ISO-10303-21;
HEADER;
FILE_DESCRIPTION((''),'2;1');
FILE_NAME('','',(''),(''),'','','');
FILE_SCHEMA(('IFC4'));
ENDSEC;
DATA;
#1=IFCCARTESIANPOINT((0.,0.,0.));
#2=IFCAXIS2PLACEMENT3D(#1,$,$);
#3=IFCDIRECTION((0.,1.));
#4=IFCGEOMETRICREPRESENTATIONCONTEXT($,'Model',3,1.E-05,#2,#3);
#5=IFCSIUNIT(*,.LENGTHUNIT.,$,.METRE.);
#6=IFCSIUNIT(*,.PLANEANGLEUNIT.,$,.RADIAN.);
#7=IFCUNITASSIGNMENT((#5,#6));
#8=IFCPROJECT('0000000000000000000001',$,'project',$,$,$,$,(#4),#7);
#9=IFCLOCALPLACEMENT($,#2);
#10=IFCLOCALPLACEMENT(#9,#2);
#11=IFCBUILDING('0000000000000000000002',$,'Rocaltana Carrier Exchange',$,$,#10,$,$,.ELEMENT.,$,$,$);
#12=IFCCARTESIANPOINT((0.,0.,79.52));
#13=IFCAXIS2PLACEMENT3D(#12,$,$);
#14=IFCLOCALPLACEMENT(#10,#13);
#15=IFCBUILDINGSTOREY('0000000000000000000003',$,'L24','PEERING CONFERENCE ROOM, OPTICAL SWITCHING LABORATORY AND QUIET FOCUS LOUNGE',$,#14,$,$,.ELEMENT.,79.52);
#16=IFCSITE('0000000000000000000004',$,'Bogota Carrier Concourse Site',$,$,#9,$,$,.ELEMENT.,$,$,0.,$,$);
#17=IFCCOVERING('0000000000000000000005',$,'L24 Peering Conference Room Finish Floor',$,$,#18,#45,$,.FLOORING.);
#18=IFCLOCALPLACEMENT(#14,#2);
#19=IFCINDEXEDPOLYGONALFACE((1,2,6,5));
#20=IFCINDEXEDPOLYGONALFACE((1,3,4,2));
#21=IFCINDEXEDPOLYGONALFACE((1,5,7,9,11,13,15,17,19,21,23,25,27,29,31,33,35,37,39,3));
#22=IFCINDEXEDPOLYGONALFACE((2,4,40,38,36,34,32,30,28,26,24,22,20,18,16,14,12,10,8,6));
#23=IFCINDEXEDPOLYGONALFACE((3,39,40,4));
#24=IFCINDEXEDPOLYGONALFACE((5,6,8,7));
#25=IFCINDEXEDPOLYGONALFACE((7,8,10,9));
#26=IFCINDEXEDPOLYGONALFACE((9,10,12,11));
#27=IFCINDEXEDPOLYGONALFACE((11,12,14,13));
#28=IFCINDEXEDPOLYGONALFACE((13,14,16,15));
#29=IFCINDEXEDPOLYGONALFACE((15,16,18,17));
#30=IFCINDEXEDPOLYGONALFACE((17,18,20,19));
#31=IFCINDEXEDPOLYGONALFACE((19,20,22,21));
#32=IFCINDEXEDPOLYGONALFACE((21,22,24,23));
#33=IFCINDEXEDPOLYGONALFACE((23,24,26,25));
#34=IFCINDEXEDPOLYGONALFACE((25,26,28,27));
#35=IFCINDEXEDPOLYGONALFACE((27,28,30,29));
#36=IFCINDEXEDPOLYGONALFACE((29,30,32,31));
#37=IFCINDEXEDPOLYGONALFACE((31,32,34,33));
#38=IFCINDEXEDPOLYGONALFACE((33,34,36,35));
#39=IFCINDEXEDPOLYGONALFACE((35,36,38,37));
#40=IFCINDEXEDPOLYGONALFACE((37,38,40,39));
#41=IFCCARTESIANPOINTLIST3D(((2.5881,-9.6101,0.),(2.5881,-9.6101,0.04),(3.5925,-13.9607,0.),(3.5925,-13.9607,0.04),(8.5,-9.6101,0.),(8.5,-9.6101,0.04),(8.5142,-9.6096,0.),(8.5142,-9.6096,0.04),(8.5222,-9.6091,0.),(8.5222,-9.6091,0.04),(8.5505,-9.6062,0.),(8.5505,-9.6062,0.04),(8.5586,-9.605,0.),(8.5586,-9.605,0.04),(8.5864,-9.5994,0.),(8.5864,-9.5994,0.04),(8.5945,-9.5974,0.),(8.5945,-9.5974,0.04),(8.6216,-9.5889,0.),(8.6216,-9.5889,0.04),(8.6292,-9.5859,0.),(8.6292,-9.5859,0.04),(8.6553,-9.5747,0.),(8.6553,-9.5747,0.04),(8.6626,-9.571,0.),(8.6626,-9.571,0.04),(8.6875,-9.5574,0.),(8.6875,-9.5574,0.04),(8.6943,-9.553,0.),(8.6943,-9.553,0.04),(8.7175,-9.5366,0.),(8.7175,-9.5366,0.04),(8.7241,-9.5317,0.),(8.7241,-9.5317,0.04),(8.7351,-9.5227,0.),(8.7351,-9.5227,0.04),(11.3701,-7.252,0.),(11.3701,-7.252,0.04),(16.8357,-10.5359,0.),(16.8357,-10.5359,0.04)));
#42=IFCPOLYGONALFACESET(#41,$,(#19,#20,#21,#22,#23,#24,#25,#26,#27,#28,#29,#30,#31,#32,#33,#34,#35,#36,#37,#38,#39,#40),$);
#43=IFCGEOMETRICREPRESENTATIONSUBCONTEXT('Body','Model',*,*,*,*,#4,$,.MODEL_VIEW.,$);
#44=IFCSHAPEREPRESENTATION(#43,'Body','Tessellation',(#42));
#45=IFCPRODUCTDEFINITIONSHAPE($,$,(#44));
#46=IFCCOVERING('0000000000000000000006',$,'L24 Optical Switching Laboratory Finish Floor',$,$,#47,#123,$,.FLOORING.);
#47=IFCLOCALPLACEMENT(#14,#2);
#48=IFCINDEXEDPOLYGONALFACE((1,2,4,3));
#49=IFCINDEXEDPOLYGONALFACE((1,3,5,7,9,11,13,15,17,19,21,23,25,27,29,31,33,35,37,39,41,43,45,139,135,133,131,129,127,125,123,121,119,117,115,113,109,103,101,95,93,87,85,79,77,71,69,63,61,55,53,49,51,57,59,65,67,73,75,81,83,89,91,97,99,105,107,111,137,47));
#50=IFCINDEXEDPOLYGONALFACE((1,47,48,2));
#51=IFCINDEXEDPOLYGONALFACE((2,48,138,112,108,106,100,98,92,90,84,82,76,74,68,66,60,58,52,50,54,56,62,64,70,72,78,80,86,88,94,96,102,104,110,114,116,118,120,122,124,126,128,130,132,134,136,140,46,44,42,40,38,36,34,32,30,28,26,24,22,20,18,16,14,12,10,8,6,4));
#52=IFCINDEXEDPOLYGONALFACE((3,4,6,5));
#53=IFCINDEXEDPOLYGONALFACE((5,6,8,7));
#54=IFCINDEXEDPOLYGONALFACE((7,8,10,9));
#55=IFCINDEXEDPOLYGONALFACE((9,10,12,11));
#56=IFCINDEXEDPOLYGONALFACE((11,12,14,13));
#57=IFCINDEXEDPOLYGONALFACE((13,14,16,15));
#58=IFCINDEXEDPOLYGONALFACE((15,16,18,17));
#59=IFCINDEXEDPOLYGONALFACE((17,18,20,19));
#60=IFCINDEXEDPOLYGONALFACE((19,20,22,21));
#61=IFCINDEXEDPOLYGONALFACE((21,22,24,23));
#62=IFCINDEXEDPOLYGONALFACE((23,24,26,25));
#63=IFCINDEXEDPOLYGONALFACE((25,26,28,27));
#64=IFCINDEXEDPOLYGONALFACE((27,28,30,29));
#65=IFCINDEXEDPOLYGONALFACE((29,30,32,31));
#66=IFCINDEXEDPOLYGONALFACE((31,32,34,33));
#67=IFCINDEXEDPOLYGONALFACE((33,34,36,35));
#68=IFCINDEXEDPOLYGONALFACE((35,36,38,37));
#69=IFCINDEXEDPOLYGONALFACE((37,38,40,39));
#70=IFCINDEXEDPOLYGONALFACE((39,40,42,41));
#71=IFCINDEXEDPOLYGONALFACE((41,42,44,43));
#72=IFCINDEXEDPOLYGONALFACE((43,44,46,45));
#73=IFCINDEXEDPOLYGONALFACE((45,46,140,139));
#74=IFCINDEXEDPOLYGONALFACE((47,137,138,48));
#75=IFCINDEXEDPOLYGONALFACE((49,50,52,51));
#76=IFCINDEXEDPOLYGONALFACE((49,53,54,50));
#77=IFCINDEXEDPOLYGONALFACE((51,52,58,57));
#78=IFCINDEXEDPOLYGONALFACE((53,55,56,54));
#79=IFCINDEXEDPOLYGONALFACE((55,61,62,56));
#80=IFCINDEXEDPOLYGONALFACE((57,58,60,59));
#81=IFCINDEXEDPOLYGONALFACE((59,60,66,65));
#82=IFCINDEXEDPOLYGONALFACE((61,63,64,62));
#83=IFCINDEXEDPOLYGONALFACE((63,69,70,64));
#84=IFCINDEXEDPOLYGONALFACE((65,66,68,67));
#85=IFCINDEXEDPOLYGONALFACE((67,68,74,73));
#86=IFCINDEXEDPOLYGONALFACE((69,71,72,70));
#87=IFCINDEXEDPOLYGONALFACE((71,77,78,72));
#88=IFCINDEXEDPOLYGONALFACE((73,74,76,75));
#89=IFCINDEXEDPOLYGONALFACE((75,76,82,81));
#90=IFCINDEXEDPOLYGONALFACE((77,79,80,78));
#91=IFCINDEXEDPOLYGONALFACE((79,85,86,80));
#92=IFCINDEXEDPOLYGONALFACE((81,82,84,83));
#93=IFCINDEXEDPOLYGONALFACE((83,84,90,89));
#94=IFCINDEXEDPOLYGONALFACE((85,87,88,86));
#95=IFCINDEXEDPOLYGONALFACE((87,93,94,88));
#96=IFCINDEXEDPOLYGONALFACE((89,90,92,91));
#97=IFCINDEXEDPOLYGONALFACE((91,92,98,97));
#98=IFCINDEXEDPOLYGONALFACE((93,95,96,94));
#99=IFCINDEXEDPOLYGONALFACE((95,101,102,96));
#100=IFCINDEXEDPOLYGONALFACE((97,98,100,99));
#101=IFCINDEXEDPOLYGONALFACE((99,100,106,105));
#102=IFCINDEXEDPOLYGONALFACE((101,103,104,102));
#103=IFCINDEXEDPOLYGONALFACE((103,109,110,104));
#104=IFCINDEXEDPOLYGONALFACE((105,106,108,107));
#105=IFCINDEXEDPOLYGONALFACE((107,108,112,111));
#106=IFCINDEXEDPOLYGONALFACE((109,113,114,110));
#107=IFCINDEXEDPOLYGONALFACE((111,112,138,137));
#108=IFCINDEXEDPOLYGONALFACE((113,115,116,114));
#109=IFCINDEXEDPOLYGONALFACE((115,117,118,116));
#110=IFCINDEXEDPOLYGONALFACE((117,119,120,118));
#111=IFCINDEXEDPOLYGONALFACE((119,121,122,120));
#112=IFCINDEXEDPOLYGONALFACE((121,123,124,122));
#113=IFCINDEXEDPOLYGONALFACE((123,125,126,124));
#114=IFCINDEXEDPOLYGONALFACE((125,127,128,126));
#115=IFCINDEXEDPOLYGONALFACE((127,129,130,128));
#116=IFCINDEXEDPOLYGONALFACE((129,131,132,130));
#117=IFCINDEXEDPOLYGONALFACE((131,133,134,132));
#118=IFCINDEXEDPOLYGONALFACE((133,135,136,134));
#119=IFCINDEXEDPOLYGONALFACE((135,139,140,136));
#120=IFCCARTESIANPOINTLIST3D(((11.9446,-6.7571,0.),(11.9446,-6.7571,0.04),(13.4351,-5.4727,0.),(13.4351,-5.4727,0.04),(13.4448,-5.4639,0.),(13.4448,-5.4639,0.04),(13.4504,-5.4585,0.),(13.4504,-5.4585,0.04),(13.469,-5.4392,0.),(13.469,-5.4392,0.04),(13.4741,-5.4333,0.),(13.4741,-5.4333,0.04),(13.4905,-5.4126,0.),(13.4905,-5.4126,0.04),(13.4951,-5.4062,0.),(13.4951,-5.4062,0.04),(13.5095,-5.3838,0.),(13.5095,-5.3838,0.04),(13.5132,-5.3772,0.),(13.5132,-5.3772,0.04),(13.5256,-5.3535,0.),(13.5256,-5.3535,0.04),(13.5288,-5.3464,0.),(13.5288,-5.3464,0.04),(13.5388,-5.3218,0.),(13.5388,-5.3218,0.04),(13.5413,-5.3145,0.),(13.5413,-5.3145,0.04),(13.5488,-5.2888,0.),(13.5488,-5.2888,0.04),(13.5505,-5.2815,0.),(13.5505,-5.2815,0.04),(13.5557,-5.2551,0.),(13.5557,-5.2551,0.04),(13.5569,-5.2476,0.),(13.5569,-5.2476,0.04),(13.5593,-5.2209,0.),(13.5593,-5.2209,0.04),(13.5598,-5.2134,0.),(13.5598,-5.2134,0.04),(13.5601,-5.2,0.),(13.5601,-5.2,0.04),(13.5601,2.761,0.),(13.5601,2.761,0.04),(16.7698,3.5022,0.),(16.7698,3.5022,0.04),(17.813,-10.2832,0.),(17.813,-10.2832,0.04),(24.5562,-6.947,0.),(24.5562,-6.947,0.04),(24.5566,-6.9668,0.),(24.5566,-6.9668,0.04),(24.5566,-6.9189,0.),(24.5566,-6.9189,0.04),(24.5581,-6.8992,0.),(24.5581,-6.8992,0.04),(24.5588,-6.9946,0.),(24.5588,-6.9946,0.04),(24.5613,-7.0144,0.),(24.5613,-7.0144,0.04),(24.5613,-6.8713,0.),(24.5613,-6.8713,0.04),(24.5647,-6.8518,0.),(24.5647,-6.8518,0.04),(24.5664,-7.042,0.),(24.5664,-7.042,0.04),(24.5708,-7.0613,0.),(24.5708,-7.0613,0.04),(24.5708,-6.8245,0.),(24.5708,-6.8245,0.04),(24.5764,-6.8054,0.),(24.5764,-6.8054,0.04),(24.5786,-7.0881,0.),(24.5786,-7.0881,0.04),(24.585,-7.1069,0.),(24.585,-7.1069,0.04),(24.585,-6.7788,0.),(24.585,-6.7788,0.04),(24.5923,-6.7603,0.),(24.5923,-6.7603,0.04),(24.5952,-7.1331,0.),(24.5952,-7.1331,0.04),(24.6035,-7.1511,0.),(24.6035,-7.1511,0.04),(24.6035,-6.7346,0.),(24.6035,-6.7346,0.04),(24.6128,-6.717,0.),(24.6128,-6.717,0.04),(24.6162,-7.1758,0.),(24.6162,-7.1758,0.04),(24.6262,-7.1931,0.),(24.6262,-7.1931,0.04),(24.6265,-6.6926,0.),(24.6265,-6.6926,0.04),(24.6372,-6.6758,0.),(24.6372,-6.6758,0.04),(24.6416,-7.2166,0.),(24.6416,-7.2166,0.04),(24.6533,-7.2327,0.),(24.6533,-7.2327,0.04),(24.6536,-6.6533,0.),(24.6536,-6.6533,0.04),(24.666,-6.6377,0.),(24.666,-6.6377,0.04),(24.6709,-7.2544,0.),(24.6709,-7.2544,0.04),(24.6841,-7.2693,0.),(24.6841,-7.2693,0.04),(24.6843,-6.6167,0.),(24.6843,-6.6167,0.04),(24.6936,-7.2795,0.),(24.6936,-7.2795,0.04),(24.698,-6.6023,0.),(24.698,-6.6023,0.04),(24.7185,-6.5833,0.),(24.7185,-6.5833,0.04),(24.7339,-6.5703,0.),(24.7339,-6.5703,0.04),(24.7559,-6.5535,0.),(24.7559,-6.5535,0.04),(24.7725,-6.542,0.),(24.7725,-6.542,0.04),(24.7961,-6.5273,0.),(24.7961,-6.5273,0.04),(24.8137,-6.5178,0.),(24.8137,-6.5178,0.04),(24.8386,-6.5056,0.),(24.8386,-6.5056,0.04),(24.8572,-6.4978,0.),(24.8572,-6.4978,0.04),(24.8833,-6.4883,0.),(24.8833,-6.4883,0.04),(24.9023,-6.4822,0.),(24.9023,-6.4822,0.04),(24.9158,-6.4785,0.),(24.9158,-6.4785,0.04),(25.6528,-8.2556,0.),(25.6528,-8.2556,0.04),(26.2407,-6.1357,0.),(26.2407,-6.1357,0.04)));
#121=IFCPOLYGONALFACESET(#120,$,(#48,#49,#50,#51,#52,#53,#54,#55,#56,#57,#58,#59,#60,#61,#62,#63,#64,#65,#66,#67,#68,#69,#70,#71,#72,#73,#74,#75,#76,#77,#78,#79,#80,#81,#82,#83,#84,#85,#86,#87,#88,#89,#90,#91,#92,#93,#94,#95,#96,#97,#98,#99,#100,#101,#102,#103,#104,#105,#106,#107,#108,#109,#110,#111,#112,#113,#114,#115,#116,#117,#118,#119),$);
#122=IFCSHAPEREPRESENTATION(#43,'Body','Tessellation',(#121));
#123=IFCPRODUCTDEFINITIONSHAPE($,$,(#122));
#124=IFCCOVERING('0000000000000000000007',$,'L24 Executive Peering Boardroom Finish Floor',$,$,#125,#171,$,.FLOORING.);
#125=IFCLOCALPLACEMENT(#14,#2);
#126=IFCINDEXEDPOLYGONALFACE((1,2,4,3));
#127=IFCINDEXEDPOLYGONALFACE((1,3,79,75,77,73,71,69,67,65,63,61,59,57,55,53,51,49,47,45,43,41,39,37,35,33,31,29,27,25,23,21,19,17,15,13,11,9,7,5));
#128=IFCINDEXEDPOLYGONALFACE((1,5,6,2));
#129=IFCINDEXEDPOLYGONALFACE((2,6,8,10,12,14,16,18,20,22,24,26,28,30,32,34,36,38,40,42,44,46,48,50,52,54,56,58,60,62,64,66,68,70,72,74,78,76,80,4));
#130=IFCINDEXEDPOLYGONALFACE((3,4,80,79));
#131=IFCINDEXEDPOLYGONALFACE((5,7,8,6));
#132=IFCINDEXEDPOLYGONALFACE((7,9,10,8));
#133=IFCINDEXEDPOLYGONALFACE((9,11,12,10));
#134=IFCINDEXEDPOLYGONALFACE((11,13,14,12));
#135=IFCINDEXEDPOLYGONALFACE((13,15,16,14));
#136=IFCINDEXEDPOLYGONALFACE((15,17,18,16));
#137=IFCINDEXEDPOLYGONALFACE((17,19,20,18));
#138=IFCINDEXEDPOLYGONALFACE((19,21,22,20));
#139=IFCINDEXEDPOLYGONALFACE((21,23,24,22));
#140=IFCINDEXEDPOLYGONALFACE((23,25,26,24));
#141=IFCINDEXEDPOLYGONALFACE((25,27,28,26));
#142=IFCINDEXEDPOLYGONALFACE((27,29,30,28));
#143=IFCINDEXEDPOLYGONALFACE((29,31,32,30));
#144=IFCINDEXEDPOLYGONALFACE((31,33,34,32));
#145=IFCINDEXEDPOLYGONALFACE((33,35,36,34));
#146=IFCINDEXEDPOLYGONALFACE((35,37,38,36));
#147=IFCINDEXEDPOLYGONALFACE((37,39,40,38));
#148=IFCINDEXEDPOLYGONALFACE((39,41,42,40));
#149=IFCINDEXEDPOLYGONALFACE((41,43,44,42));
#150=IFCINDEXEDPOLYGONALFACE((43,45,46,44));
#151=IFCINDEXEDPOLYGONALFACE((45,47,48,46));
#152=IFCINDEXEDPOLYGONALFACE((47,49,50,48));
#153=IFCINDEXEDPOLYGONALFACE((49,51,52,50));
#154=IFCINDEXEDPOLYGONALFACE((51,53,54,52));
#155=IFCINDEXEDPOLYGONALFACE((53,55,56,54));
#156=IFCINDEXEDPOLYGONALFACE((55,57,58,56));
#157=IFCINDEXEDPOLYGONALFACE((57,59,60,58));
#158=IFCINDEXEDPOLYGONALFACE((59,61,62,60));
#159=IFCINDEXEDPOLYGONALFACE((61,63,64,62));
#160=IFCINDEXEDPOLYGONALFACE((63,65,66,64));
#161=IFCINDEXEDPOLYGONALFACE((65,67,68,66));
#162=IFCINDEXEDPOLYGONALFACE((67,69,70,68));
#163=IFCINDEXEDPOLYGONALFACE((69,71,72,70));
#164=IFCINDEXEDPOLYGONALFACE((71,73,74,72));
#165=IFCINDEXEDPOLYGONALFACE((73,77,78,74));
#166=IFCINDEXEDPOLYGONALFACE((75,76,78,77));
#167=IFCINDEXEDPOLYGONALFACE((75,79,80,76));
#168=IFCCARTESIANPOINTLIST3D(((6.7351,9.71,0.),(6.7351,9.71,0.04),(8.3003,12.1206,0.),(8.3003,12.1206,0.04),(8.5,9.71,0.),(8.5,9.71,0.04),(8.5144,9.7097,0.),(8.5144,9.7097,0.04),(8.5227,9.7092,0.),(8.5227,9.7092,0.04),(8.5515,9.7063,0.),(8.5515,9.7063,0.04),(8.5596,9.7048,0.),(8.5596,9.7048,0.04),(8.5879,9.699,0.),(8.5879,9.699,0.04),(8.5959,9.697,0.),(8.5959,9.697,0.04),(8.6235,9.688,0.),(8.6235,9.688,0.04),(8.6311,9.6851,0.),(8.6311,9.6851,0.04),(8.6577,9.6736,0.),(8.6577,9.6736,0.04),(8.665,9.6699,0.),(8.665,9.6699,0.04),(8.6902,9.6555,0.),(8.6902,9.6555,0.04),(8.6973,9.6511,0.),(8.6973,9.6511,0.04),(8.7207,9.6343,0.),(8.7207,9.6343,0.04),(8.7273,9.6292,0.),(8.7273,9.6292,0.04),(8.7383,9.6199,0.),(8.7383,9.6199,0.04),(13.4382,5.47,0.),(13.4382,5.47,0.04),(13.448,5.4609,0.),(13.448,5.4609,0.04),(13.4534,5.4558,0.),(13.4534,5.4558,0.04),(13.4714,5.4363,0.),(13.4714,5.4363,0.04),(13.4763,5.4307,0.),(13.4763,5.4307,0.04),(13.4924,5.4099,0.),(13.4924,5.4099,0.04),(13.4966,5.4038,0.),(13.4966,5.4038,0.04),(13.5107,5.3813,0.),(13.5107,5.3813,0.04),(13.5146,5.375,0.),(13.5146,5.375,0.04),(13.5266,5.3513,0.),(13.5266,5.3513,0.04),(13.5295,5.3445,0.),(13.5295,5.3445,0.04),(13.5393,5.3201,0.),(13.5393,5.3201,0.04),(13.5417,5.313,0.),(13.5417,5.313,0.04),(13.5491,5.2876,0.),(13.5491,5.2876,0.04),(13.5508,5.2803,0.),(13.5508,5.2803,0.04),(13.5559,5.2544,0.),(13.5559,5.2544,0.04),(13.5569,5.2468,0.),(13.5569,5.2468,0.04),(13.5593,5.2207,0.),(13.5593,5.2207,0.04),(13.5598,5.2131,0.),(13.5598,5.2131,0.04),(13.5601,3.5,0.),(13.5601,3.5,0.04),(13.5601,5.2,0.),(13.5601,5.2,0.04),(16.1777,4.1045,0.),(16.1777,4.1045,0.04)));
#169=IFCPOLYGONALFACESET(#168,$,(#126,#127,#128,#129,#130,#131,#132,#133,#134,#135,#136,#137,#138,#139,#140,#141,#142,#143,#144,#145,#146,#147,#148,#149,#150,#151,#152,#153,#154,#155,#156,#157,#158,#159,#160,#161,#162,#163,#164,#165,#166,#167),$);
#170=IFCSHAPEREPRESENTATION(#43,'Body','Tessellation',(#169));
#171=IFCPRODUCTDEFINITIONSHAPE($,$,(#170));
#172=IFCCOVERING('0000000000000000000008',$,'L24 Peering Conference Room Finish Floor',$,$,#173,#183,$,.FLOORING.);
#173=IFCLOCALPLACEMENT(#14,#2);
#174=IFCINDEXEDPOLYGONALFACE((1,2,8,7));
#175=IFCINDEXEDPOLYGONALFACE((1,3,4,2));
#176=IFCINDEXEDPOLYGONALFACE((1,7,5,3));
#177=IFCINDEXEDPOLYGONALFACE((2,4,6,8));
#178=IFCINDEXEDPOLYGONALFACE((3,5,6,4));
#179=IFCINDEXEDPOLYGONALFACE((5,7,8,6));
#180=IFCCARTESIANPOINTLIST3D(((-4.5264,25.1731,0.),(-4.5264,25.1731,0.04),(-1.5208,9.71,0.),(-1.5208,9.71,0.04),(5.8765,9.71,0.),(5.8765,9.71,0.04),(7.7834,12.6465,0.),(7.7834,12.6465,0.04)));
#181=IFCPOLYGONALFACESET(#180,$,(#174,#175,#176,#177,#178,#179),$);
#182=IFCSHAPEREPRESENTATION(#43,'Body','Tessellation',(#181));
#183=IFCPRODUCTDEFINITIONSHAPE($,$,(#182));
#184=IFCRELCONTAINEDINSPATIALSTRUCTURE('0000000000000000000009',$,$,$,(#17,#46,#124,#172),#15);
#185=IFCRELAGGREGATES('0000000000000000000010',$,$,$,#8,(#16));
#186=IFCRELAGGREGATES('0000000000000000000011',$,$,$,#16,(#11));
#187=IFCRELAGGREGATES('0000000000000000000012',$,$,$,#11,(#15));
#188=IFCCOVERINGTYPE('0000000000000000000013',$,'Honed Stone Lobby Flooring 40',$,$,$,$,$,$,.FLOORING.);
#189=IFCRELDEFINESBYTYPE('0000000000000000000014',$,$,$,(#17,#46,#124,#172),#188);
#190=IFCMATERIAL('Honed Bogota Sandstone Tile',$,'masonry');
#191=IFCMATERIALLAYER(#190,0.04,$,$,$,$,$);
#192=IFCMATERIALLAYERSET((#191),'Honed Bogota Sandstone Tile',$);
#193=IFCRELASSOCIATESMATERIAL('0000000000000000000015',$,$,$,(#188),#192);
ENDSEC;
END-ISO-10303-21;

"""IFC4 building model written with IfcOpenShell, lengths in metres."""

from ifc_helpers import new_model, si_unit, direction, frame, origin, place, context, subcontext, project, spatial, polyline, outline, extrude, material, layer, layer_set, type_object, element, save


model = new_model("IFC4")

# Units and contexts
model_context = context("Model", 3, precision=1e-05, world=origin(), true_north=direction((0.0, 1.0)))
body_context = subcontext(model_context, "Body", "Model", "MODEL_VIEW")
ifc_project = project(units=[si_unit("LENGTHUNIT", "METRE"), si_unit("PLANEANGLEUNIT", "RADIAN")], contexts=[model_context])

# Site, building, storey
site_placement = place(None, origin())
site = spatial("IfcSite", under=ifc_project, at=site_placement, Name="Bogota Carrier Concourse Site", CompositionType="ELEMENT", RefElevation=0.0)
building_placement = place(site_placement, origin())
building = spatial("IfcBuilding", under=site, at=building_placement, Name="Rocaltana Carrier Exchange", CompositionType="ELEMENT")
storey_placement = place(building_placement, frame((0.0, 0.0, 79.52)))
storey = spatial("IfcBuildingStorey", under=building, at=storey_placement, Name="L24", Description="PEERING CONFERENCE ROOM, OPTICAL SWITCHING LABORATORY AND QUIET FOCUS LOUNGE", CompositionType="ELEMENT", Elevation=79.52)

# Coverings
ifc_material_1 = material(Name="Honed Bogota Sandstone Tile", Category="masonry")
ifc_layer_1 = layer(ifc_material_1, 0.04)
ifc_layer_set_1 = layer_set([ifc_layer_1], Name="Honed Bogota Sandstone Tile")
covering_type_1 = type_object("IfcCoveringType", Name="Honed Stone Lobby Flooring 40", PredefinedType="FLOORING", material=ifc_layer_set_1)
covering_1_placement = place(storey_placement, origin())
element("IfcCovering", 1, at=covering_1_placement, inside=storey, type_object=covering_type_1, Name="L24 Peering Conference Room Finish Floor", PredefinedType="FLOORING", context=body_context, shape_type="SweptSolid", body=[
    extrude(outline(polyline([(3.5925, -13.9607), (2.5881, -9.6101), (8.5, -9.6101), (8.5142, -9.6096), (8.5222, -9.6091), (8.5505, -9.6062), (8.5586, -9.605), (8.5864, -9.5994), (8.5945, -9.5974), (8.6216, -9.5889), (8.6292, -9.5859), (8.6553, -9.5747), (8.6626, -9.571), (8.6875, -9.5574), (8.6943, -9.553), (8.7175, -9.5366), (8.7241, -9.5317), (8.7351, -9.5227), (11.3701, -7.252), (16.8357, -10.5359), (3.5925, -13.9607)])), origin(), (0.0, 0.0, 1.0), 0.04),
])
covering_2_placement = place(storey_placement, origin())
element("IfcCovering", 2, at=covering_2_placement, inside=storey, type_object=covering_type_1, Name="L24 Optical Switching Laboratory Finish Floor", PredefinedType="FLOORING", context=body_context, shape_type="SweptSolid", body=[
    extrude(outline(polyline([(26.2407, -6.1357), (24.9158, -6.4785), (24.9023, -6.4822), (24.8833, -6.4883), (24.8572, -6.4978), (24.8386, -6.5056), (24.8137, -6.5178), (24.7961, -6.5273), (24.7725, -6.542), (24.7559, -6.5535), (24.7339, -6.5703), (24.7185, -6.5833), (24.698, -6.6023), (24.6843, -6.6167), (24.666, -6.6377), (24.6536, -6.6533), (24.6372, -6.6758), (24.6265, -6.6926), (24.6128, -6.717), (24.6035, -6.7346), (24.5923, -6.7603), (24.585, -6.7788), (24.5764, -6.8054), (24.5708, -6.8245), (24.5647, -6.8518), (24.5613, -6.8713), (24.5581, -6.8992), (24.5566, -6.9189), (24.5562, -6.947), (24.5566, -6.9668), (24.5588, -6.9946), (24.5613, -7.0144), (24.5664, -7.042), (24.5708, -7.0613), (24.5786, -7.0881), (24.585, -7.1069), (24.5952, -7.1331), (24.6035, -7.1511), (24.6162, -7.1758), (24.6262, -7.1931), (24.6416, -7.2166), (24.6533, -7.2327), (24.6709, -7.2544), (24.6841, -7.2693), (24.6936, -7.2795), (25.6528, -8.2556), (17.813, -10.2832), (11.9446, -6.7571), (13.4351, -5.4727), (13.4448, -5.4639), (13.4504, -5.4585), (13.469, -5.4392), (13.4741, -5.4333), (13.4905, -5.4126), (13.4951, -5.4062), (13.5095, -5.3838), (13.5132, -5.3772), (13.5256, -5.3535), (13.5288, -5.3464), (13.5388, -5.3218), (13.5413, -5.3145), (13.5488, -5.2888), (13.5505, -5.2815), (13.5557, -5.2551), (13.5569, -5.2476), (13.5593, -5.2209), (13.5598, -5.2134), (13.5601, -5.2), (13.5601, 2.761), (16.7698, 3.5022), (26.2407, -6.1357)])), origin(), (0.0, 0.0, 1.0), 0.04),
])
covering_3_placement = place(storey_placement, origin())
element("IfcCovering", 3, at=covering_3_placement, inside=storey, type_object=covering_type_1, Name="L24 Executive Peering Boardroom Finish Floor", PredefinedType="FLOORING", context=body_context, shape_type="SweptSolid", body=[
    extrude(outline(polyline([(16.1777, 4.1045), (13.5601, 3.5), (13.5601, 5.2), (13.5598, 5.2131), (13.5593, 5.2207), (13.5569, 5.2468), (13.5559, 5.2544), (13.5508, 5.2803), (13.5491, 5.2876), (13.5417, 5.313), (13.5393, 5.3201), (13.5295, 5.3445), (13.5266, 5.3513), (13.5146, 5.375), (13.5107, 5.3813), (13.4966, 5.4038), (13.4924, 5.4099), (13.4763, 5.4307), (13.4714, 5.4363), (13.4534, 5.4558), (13.448, 5.4609), (13.4382, 5.47), (8.7383, 9.6199), (8.7273, 9.6292), (8.7207, 9.6343), (8.6973, 9.6511), (8.6902, 9.6555), (8.665, 9.6699), (8.6577, 9.6736), (8.6311, 9.6851), (8.6235, 9.688), (8.5959, 9.697), (8.5879, 9.699), (8.5596, 9.7048), (8.5515, 9.7063), (8.5227, 9.7092), (8.5144, 9.7097), (8.5, 9.71), (6.7351, 9.71), (8.3003, 12.1206), (16.1777, 4.1045)])), origin(), (0.0, 0.0, 1.0), 0.04),
])
covering_4_placement = place(storey_placement, origin())
element("IfcCovering", 4, at=covering_4_placement, inside=storey, type_object=covering_type_1, Name="L24 Peering Conference Room Finish Floor", PredefinedType="FLOORING", context=body_context, shape_type="SweptSolid", body=[
    extrude(outline(polyline([(7.7834, 12.6465), (5.8765, 9.71), (-1.5208, 9.71), (-4.5264, 25.1731), (7.7834, 12.6465)])), origin(), (0.0, 0.0, 1.0), 0.04),
])

save(model, "model.ifc")
